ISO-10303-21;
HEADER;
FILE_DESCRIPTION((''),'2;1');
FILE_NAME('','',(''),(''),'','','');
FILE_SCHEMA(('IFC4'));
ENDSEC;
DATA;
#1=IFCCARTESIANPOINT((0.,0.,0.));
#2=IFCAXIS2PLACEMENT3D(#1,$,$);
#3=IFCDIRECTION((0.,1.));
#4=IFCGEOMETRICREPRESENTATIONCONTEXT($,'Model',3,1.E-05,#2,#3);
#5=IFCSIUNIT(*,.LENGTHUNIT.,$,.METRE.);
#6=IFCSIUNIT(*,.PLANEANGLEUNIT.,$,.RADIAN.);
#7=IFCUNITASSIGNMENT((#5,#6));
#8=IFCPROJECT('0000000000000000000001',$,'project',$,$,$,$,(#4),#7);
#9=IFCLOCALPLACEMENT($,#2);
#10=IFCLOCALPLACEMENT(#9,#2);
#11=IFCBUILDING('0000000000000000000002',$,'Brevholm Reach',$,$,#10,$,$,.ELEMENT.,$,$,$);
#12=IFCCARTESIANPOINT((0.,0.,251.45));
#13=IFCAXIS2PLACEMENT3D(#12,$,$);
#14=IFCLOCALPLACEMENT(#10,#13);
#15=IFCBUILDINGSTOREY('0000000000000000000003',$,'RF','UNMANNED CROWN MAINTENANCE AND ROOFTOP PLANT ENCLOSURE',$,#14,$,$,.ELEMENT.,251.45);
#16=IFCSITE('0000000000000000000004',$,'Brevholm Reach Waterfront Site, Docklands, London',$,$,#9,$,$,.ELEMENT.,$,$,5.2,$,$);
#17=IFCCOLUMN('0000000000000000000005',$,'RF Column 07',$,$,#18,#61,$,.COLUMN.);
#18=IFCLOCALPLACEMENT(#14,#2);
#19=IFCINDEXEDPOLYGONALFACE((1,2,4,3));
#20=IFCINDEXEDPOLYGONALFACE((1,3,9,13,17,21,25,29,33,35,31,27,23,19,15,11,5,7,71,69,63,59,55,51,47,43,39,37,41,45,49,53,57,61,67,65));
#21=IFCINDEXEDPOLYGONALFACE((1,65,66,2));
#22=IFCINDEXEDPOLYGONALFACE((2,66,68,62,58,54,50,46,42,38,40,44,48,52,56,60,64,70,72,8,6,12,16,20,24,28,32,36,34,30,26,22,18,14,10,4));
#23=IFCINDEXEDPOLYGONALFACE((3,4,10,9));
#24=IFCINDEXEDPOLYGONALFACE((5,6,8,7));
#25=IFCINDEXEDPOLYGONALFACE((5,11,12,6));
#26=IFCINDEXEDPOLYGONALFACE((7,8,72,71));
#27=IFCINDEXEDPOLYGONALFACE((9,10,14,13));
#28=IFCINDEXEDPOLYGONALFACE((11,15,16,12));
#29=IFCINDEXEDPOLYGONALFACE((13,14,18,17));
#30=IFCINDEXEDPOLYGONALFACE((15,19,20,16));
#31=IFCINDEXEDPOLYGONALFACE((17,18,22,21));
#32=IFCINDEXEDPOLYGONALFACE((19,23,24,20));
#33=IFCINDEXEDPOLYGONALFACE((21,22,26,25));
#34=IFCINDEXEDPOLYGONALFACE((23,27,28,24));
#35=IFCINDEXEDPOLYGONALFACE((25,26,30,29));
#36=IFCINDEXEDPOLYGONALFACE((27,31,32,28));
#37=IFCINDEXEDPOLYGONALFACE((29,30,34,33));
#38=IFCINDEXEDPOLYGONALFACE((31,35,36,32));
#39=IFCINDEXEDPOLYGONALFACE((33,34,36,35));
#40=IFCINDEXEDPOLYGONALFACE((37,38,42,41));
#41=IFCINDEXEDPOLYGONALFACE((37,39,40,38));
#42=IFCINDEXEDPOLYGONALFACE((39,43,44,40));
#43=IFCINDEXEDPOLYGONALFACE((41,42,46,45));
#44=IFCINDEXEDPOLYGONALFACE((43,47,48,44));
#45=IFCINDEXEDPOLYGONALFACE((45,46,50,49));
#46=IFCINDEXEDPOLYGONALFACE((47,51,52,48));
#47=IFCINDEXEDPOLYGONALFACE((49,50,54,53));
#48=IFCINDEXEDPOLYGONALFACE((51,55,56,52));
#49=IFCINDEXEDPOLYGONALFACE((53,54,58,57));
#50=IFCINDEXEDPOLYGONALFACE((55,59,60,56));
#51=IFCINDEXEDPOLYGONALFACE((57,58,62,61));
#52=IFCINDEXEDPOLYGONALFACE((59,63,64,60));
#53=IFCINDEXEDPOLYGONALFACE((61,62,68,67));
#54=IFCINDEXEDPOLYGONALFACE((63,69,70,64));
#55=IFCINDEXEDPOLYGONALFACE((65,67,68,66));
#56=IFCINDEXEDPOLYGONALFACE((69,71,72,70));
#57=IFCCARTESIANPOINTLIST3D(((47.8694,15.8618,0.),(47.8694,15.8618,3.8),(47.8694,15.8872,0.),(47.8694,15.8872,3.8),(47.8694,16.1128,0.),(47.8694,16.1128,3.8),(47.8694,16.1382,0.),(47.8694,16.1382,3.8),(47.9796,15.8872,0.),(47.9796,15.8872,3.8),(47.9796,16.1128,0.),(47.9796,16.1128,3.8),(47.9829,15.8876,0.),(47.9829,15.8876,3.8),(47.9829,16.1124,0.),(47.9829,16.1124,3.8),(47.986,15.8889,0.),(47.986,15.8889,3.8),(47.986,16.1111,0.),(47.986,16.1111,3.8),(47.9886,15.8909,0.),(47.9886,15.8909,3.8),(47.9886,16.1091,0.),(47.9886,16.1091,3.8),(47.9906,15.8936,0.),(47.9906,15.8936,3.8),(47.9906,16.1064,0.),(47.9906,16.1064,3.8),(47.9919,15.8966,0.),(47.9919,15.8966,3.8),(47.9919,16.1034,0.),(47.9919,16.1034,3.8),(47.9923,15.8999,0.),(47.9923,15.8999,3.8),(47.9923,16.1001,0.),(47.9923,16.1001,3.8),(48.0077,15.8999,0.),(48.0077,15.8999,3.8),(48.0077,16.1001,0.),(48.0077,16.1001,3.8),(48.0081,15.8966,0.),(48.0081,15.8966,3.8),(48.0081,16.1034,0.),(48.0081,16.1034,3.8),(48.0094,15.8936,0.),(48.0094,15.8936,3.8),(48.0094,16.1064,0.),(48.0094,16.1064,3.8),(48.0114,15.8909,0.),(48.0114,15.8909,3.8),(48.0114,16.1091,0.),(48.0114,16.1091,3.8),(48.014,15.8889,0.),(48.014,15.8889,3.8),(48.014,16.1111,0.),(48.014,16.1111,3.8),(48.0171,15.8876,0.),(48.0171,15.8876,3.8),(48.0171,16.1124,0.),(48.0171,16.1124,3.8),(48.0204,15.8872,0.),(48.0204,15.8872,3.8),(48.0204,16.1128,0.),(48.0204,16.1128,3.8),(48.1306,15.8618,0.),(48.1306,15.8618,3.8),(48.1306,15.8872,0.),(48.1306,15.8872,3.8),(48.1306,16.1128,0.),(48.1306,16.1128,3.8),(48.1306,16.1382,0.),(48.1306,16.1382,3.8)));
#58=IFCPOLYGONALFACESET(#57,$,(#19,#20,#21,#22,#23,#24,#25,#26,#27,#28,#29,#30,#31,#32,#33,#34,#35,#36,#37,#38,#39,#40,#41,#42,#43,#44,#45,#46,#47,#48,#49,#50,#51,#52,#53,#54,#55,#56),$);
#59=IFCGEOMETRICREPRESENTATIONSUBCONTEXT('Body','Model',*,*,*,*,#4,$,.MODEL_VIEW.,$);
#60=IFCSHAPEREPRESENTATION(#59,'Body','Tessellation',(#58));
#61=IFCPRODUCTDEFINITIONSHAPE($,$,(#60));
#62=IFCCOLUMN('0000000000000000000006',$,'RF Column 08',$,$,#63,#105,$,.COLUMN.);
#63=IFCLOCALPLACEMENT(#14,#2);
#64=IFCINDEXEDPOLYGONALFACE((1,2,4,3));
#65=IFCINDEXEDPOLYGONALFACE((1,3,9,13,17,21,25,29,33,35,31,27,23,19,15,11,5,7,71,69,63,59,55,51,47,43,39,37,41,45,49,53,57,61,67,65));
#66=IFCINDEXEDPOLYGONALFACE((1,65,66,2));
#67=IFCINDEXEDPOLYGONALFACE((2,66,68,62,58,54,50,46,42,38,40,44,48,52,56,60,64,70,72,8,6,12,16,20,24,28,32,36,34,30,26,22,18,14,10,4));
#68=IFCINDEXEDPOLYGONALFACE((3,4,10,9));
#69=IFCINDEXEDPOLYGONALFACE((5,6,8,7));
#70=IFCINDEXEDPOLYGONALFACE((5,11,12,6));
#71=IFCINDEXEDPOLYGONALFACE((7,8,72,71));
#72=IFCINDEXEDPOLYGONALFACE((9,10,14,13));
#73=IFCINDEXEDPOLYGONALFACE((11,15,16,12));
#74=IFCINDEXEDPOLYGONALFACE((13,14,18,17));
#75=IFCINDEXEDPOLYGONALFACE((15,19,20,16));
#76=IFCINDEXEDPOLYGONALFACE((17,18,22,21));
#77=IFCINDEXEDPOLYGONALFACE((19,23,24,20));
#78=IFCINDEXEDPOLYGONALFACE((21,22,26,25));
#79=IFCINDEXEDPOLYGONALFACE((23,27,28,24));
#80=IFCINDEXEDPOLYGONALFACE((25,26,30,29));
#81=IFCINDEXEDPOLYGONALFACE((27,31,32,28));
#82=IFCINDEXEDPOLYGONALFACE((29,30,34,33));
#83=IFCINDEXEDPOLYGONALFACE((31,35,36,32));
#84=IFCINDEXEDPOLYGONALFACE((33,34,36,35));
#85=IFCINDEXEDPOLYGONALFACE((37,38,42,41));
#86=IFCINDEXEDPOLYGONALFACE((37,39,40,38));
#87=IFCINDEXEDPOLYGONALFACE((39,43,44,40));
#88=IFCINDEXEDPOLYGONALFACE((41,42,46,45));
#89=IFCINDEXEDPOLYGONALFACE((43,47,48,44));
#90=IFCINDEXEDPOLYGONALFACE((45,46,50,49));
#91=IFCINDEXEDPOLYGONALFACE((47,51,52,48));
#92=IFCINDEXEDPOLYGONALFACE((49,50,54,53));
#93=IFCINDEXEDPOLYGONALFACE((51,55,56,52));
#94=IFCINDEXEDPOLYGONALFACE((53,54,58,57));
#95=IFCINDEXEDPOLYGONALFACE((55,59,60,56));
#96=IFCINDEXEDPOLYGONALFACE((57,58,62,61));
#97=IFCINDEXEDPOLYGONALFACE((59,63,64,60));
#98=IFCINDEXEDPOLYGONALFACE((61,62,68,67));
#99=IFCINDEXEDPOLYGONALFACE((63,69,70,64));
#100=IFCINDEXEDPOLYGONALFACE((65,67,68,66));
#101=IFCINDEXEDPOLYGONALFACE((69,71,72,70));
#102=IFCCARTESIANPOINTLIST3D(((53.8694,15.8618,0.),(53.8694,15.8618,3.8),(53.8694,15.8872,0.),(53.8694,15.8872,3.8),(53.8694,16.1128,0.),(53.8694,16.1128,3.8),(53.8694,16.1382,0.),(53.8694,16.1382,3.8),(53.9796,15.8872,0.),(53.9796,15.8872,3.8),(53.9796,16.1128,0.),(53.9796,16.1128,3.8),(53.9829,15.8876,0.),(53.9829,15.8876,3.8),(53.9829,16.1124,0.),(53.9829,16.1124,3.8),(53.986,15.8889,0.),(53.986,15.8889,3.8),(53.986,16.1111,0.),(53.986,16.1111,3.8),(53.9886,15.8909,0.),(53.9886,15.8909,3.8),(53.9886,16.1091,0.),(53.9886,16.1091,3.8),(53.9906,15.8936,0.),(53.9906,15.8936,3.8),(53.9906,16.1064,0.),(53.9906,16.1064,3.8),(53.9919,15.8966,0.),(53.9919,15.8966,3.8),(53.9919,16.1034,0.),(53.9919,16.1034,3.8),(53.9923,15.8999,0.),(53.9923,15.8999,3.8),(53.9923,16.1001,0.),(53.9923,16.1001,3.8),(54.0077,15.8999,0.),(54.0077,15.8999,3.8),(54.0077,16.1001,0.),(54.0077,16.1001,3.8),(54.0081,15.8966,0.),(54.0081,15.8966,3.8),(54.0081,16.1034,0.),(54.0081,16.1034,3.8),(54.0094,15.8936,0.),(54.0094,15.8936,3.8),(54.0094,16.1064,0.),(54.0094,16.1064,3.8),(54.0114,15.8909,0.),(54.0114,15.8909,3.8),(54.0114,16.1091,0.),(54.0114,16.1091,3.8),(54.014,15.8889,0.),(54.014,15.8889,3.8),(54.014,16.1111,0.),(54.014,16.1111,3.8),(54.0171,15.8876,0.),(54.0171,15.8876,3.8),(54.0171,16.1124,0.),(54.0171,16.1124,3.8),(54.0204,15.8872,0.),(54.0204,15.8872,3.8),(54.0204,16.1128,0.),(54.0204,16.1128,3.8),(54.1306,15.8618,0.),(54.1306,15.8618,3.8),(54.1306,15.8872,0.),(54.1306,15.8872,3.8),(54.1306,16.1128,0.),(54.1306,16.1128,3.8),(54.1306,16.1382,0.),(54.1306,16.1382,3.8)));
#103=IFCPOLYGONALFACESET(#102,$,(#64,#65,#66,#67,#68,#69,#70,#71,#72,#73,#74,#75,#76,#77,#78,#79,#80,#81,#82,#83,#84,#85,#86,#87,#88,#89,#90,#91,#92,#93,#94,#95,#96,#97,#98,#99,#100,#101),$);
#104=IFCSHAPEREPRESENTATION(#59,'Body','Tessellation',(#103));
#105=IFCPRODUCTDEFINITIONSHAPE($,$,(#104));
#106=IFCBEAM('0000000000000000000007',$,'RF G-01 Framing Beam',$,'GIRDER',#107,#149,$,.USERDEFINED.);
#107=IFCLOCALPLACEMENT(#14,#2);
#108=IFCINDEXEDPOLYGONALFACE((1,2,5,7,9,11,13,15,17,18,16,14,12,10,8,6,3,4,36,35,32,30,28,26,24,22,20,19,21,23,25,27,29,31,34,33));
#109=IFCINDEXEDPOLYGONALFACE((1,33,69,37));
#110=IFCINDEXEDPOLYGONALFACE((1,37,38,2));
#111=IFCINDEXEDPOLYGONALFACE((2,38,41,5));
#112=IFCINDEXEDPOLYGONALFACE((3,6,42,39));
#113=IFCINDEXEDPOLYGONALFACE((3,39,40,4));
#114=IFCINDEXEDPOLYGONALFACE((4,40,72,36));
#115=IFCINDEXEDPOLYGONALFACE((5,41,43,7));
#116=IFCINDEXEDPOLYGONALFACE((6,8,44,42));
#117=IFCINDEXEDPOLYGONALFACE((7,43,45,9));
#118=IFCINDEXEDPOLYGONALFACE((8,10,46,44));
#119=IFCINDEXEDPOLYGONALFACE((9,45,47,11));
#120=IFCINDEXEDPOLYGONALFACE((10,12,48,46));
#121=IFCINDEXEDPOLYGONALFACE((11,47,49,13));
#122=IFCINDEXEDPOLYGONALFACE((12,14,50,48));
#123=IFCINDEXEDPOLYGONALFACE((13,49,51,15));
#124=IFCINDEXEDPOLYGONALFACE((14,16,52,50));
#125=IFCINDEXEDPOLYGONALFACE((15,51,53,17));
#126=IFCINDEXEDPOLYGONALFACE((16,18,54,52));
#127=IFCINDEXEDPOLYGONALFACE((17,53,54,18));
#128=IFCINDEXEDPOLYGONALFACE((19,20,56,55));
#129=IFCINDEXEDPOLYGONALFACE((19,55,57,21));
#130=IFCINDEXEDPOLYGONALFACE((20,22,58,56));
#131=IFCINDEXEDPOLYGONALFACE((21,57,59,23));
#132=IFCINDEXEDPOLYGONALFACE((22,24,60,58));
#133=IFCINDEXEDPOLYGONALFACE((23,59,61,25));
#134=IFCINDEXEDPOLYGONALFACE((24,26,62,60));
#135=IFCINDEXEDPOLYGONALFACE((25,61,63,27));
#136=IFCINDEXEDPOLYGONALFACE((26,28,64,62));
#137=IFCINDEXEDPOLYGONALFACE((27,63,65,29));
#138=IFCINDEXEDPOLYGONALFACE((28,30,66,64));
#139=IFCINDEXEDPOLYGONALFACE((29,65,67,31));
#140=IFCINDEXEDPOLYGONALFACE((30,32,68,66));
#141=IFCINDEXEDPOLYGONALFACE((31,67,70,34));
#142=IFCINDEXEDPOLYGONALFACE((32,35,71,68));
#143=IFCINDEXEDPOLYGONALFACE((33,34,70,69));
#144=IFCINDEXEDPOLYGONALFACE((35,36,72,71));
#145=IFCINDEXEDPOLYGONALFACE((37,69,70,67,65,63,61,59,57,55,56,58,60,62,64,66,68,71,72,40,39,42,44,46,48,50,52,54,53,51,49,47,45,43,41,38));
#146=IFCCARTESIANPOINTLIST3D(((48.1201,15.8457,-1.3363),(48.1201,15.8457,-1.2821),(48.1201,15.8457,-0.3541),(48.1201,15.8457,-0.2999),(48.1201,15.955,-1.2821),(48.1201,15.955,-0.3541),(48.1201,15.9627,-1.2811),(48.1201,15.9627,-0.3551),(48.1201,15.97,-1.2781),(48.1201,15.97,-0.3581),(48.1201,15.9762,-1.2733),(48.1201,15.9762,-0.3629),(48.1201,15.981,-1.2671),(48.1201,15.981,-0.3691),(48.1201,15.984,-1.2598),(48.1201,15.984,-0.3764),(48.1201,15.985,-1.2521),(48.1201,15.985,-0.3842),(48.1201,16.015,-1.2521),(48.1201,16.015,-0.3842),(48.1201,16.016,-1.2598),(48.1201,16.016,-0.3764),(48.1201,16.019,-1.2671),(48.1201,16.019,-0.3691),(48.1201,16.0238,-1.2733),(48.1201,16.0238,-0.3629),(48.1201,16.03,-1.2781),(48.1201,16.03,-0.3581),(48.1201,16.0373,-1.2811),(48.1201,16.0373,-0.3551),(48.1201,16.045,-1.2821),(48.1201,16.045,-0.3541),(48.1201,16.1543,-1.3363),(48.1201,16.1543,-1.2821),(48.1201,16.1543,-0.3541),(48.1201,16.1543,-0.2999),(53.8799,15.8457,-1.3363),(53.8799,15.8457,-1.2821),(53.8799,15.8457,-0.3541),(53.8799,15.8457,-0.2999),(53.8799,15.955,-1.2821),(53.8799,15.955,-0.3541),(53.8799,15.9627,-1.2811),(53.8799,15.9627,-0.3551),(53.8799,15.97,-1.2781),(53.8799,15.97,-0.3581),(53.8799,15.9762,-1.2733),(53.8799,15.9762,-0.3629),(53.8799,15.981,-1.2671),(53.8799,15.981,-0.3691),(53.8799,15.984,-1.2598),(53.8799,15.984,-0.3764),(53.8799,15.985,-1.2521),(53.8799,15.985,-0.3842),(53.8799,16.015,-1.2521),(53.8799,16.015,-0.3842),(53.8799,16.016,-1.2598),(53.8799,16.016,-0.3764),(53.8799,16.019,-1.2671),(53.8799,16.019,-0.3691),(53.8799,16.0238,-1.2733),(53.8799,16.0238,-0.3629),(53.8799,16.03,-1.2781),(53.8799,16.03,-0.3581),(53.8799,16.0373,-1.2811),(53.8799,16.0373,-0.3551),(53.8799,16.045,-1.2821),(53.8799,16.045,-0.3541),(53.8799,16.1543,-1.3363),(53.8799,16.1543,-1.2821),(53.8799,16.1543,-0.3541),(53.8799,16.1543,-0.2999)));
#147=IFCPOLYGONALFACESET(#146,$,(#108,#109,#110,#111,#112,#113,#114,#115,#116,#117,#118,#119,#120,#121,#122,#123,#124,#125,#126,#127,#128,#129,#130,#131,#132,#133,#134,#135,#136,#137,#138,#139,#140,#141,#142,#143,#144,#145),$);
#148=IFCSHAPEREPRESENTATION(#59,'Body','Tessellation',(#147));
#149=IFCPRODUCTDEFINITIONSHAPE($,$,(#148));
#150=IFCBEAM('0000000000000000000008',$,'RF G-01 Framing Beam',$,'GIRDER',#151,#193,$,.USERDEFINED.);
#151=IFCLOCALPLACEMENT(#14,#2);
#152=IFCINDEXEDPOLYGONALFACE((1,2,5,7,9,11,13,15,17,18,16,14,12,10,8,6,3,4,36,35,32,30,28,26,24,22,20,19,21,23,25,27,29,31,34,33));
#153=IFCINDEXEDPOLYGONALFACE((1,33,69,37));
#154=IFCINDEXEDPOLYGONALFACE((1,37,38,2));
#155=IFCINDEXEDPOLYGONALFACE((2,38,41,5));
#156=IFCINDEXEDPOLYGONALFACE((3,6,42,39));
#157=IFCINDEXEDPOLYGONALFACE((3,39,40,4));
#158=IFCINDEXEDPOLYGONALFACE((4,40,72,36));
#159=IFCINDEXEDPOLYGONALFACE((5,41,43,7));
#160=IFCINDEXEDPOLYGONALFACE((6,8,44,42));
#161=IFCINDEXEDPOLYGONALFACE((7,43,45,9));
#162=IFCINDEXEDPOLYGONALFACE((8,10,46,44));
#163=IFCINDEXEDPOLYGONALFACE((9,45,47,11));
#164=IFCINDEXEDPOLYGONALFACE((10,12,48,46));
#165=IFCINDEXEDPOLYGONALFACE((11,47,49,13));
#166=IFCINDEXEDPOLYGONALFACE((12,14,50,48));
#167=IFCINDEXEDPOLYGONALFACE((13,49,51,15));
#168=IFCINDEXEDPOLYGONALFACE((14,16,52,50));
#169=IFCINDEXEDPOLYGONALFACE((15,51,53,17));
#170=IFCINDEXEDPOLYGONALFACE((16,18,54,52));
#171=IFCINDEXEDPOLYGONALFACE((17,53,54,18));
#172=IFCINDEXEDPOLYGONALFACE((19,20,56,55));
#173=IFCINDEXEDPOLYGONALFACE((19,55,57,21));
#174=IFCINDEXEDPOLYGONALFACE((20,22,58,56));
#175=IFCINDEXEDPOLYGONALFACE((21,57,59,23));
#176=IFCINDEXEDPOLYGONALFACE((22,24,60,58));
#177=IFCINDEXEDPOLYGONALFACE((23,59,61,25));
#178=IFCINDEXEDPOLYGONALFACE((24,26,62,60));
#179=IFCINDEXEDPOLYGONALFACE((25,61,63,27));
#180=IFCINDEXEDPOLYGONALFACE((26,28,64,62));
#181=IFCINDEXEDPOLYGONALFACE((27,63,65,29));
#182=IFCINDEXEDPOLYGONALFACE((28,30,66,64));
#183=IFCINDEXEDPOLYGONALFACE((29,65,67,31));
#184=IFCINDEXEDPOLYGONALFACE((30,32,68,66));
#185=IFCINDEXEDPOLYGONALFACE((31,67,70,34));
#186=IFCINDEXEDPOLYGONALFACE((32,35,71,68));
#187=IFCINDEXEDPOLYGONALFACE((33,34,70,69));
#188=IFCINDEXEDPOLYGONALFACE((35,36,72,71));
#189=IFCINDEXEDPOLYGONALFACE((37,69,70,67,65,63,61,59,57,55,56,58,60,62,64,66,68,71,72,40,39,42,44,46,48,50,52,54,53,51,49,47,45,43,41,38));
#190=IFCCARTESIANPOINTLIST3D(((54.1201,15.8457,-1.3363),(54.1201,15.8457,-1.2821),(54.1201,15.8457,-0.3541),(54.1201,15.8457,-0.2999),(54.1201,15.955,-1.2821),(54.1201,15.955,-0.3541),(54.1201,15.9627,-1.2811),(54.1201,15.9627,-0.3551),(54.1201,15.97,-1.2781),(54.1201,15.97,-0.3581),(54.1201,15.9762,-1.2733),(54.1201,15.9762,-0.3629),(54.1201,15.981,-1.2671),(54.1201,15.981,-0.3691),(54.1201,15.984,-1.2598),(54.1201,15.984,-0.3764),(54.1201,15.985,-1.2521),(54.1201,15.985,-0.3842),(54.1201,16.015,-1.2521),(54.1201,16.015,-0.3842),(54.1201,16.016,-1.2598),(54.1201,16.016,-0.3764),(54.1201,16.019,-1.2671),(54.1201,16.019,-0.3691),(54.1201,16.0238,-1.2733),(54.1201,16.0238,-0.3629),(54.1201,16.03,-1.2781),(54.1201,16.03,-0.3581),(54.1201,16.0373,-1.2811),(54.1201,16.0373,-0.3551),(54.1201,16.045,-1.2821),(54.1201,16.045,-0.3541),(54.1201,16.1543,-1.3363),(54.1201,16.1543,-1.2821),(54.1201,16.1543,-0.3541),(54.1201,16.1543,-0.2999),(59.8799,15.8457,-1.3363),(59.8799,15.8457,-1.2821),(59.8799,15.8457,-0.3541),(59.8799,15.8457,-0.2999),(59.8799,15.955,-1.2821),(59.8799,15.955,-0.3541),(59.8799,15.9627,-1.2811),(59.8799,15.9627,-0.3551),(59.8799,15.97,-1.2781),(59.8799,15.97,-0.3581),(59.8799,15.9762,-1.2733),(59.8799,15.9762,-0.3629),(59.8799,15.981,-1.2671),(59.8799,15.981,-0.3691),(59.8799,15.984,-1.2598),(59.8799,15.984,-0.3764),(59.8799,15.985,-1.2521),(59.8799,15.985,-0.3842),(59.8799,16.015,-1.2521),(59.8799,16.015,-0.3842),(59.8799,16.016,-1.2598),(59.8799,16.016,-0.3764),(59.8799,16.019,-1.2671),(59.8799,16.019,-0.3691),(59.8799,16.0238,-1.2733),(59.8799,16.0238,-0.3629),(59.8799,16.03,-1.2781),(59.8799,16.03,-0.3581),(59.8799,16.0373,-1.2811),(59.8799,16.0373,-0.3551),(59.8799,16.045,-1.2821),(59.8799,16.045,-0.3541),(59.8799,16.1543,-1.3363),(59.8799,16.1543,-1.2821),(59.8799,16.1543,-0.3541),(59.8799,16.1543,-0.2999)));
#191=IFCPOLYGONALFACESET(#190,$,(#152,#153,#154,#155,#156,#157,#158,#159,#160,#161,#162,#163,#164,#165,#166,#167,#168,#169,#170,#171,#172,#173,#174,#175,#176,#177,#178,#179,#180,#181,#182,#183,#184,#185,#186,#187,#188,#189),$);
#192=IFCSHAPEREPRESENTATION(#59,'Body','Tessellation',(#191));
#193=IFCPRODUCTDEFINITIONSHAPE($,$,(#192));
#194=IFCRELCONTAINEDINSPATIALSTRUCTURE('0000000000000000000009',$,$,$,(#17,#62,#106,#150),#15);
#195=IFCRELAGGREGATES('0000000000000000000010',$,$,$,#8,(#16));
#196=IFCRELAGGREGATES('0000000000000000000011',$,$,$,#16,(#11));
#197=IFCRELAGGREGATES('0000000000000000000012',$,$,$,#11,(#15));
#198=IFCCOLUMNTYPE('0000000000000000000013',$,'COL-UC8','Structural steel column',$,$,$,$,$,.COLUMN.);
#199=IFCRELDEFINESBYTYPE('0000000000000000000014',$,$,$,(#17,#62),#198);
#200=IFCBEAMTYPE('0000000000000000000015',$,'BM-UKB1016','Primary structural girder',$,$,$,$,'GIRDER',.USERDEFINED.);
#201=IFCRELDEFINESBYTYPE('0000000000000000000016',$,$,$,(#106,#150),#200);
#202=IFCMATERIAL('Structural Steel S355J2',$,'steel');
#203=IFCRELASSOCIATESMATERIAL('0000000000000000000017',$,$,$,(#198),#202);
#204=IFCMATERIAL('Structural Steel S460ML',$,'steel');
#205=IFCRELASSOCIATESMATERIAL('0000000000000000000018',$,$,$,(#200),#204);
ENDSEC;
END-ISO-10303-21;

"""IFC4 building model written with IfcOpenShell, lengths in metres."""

from ifc_helpers import new_model, si_unit, direction, frame, origin, origin_2d, place, context, subcontext, project, spatial, i_section, extrude, material, material_profile, profile_set, type_object, element, save


model = new_model("IFC4")

# Units and contexts
model_context = context("Model", 3, precision=1e-05, world=origin(), true_north=direction((0.0, 1.0)))
body_context = subcontext(model_context, "Body", "Model", "MODEL_VIEW")
ifc_project = project(units=[si_unit("LENGTHUNIT", "METRE"), si_unit("PLANEANGLEUNIT", "RADIAN")], contexts=[model_context])

# Site, building, storey
site_placement = place(None, origin())
site = spatial("IfcSite", under=ifc_project, at=site_placement, Name="Brevholm Reach Waterfront Site, Docklands, London", CompositionType="ELEMENT", RefElevation=5.2)
building_placement = place(site_placement, origin())
building = spatial("IfcBuilding", under=site, at=building_placement, Name="Brevholm Reach", CompositionType="ELEMENT")
storey_placement = place(building_placement, frame((0.0, 0.0, 251.45)))
storey = spatial("IfcBuildingStorey", under=building, at=storey_placement, Name="RF", Description="UNMANNED CROWN MAINTENANCE AND ROOFTOP PLANT ENCLOSURE", CompositionType="ELEMENT", Elevation=251.45)

# Columns
ifc_material_1 = material(Name="Structural Steel S355J2", Category="steel")
ifc_material_profile_1 = material_profile(ifc_material_1, i_section(OverallWidth=0.2612, OverallDepth=0.2764, WebThickness=0.0154, FlangeThickness=0.0254, FilletRadius=0.0127, at=origin_2d()), Name="UKC 254x254x132")
ifc_profile_set_1 = profile_set([ifc_material_profile_1], Name="Structural Steel S355J2")
column_type = type_object("IfcColumnType", Name="COL-UC8", Description="Structural steel column", PredefinedType="COLUMN", material=ifc_profile_set_1)
for number, where, z_axis, x_axis, name in (
    (1, (48.0, 16.0, 0.0), (0.0, 0.0, 1.0), (1.0, 0.0, 0.0), "RF Column 07"),
    (2, (54.0, 16.0, 0.0), (0.0, 0.0, 1.0), (1.0, 0.0, 0.0), "RF Column 08"),
):
    element("IfcColumn", number, at=place(storey_placement, frame(where, z_axis=z_axis, x_axis=x_axis)), inside=storey, type_object=column_type, Name=name, PredefinedType="COLUMN", context=body_context, shape_type="SweptSolid", body=[
        extrude(i_section(OverallWidth=0.2612, OverallDepth=0.2764, WebThickness=0.0154, FlangeThickness=0.0254, FilletRadius=0.0127, at=origin_2d()), origin(), (0.0, 0.0, 1.0), 3.8),
    ])

# Beams
ifc_material_2 = material(Name="Structural Steel S460ML", Category="steel")
ifc_material_profile_2 = material_profile(ifc_material_2, i_section(OverallWidth=0.3086, OverallDepth=1.0364, WebThickness=0.03, FlangeThickness=0.0542, FilletRadius=0.03, at=origin_2d()), Name="UKB 1016x305x487")
ifc_profile_set_2 = profile_set([ifc_material_profile_2], Name="Structural Steel S460ML")
beam_type = type_object("IfcBeamType", Name="BM-UKB1016", Description="Primary structural girder", ElementType="GIRDER", PredefinedType="USERDEFINED", material=ifc_profile_set_2)
for number, where, z_axis, x_axis, name in (
    (3, (48.1201, 16.0, -0.8181), (1.0, 0.0, 0.0), (0.0, 1.0, 0.0), "RF G-01 Framing Beam"),
    (4, (54.1201, 16.0, -0.8181), (1.0, 0.0, 0.0), (0.0, 1.0, 0.0), "RF G-01 Framing Beam"),
):
    element("IfcBeam", number, at=place(storey_placement, frame(where, z_axis=z_axis, x_axis=x_axis)), inside=storey, type_object=beam_type, Name=name, ObjectType="GIRDER", PredefinedType="USERDEFINED", context=body_context, shape_type="SweptSolid", body=[
        extrude(i_section(OverallWidth=0.3086, OverallDepth=1.0364, WebThickness=0.03, FlangeThickness=0.0542, FilletRadius=0.03, at=origin_2d()), origin(), (0.0, 0.0, 1.0), 5.7598),
    ])

save(model, "model.ifc")
